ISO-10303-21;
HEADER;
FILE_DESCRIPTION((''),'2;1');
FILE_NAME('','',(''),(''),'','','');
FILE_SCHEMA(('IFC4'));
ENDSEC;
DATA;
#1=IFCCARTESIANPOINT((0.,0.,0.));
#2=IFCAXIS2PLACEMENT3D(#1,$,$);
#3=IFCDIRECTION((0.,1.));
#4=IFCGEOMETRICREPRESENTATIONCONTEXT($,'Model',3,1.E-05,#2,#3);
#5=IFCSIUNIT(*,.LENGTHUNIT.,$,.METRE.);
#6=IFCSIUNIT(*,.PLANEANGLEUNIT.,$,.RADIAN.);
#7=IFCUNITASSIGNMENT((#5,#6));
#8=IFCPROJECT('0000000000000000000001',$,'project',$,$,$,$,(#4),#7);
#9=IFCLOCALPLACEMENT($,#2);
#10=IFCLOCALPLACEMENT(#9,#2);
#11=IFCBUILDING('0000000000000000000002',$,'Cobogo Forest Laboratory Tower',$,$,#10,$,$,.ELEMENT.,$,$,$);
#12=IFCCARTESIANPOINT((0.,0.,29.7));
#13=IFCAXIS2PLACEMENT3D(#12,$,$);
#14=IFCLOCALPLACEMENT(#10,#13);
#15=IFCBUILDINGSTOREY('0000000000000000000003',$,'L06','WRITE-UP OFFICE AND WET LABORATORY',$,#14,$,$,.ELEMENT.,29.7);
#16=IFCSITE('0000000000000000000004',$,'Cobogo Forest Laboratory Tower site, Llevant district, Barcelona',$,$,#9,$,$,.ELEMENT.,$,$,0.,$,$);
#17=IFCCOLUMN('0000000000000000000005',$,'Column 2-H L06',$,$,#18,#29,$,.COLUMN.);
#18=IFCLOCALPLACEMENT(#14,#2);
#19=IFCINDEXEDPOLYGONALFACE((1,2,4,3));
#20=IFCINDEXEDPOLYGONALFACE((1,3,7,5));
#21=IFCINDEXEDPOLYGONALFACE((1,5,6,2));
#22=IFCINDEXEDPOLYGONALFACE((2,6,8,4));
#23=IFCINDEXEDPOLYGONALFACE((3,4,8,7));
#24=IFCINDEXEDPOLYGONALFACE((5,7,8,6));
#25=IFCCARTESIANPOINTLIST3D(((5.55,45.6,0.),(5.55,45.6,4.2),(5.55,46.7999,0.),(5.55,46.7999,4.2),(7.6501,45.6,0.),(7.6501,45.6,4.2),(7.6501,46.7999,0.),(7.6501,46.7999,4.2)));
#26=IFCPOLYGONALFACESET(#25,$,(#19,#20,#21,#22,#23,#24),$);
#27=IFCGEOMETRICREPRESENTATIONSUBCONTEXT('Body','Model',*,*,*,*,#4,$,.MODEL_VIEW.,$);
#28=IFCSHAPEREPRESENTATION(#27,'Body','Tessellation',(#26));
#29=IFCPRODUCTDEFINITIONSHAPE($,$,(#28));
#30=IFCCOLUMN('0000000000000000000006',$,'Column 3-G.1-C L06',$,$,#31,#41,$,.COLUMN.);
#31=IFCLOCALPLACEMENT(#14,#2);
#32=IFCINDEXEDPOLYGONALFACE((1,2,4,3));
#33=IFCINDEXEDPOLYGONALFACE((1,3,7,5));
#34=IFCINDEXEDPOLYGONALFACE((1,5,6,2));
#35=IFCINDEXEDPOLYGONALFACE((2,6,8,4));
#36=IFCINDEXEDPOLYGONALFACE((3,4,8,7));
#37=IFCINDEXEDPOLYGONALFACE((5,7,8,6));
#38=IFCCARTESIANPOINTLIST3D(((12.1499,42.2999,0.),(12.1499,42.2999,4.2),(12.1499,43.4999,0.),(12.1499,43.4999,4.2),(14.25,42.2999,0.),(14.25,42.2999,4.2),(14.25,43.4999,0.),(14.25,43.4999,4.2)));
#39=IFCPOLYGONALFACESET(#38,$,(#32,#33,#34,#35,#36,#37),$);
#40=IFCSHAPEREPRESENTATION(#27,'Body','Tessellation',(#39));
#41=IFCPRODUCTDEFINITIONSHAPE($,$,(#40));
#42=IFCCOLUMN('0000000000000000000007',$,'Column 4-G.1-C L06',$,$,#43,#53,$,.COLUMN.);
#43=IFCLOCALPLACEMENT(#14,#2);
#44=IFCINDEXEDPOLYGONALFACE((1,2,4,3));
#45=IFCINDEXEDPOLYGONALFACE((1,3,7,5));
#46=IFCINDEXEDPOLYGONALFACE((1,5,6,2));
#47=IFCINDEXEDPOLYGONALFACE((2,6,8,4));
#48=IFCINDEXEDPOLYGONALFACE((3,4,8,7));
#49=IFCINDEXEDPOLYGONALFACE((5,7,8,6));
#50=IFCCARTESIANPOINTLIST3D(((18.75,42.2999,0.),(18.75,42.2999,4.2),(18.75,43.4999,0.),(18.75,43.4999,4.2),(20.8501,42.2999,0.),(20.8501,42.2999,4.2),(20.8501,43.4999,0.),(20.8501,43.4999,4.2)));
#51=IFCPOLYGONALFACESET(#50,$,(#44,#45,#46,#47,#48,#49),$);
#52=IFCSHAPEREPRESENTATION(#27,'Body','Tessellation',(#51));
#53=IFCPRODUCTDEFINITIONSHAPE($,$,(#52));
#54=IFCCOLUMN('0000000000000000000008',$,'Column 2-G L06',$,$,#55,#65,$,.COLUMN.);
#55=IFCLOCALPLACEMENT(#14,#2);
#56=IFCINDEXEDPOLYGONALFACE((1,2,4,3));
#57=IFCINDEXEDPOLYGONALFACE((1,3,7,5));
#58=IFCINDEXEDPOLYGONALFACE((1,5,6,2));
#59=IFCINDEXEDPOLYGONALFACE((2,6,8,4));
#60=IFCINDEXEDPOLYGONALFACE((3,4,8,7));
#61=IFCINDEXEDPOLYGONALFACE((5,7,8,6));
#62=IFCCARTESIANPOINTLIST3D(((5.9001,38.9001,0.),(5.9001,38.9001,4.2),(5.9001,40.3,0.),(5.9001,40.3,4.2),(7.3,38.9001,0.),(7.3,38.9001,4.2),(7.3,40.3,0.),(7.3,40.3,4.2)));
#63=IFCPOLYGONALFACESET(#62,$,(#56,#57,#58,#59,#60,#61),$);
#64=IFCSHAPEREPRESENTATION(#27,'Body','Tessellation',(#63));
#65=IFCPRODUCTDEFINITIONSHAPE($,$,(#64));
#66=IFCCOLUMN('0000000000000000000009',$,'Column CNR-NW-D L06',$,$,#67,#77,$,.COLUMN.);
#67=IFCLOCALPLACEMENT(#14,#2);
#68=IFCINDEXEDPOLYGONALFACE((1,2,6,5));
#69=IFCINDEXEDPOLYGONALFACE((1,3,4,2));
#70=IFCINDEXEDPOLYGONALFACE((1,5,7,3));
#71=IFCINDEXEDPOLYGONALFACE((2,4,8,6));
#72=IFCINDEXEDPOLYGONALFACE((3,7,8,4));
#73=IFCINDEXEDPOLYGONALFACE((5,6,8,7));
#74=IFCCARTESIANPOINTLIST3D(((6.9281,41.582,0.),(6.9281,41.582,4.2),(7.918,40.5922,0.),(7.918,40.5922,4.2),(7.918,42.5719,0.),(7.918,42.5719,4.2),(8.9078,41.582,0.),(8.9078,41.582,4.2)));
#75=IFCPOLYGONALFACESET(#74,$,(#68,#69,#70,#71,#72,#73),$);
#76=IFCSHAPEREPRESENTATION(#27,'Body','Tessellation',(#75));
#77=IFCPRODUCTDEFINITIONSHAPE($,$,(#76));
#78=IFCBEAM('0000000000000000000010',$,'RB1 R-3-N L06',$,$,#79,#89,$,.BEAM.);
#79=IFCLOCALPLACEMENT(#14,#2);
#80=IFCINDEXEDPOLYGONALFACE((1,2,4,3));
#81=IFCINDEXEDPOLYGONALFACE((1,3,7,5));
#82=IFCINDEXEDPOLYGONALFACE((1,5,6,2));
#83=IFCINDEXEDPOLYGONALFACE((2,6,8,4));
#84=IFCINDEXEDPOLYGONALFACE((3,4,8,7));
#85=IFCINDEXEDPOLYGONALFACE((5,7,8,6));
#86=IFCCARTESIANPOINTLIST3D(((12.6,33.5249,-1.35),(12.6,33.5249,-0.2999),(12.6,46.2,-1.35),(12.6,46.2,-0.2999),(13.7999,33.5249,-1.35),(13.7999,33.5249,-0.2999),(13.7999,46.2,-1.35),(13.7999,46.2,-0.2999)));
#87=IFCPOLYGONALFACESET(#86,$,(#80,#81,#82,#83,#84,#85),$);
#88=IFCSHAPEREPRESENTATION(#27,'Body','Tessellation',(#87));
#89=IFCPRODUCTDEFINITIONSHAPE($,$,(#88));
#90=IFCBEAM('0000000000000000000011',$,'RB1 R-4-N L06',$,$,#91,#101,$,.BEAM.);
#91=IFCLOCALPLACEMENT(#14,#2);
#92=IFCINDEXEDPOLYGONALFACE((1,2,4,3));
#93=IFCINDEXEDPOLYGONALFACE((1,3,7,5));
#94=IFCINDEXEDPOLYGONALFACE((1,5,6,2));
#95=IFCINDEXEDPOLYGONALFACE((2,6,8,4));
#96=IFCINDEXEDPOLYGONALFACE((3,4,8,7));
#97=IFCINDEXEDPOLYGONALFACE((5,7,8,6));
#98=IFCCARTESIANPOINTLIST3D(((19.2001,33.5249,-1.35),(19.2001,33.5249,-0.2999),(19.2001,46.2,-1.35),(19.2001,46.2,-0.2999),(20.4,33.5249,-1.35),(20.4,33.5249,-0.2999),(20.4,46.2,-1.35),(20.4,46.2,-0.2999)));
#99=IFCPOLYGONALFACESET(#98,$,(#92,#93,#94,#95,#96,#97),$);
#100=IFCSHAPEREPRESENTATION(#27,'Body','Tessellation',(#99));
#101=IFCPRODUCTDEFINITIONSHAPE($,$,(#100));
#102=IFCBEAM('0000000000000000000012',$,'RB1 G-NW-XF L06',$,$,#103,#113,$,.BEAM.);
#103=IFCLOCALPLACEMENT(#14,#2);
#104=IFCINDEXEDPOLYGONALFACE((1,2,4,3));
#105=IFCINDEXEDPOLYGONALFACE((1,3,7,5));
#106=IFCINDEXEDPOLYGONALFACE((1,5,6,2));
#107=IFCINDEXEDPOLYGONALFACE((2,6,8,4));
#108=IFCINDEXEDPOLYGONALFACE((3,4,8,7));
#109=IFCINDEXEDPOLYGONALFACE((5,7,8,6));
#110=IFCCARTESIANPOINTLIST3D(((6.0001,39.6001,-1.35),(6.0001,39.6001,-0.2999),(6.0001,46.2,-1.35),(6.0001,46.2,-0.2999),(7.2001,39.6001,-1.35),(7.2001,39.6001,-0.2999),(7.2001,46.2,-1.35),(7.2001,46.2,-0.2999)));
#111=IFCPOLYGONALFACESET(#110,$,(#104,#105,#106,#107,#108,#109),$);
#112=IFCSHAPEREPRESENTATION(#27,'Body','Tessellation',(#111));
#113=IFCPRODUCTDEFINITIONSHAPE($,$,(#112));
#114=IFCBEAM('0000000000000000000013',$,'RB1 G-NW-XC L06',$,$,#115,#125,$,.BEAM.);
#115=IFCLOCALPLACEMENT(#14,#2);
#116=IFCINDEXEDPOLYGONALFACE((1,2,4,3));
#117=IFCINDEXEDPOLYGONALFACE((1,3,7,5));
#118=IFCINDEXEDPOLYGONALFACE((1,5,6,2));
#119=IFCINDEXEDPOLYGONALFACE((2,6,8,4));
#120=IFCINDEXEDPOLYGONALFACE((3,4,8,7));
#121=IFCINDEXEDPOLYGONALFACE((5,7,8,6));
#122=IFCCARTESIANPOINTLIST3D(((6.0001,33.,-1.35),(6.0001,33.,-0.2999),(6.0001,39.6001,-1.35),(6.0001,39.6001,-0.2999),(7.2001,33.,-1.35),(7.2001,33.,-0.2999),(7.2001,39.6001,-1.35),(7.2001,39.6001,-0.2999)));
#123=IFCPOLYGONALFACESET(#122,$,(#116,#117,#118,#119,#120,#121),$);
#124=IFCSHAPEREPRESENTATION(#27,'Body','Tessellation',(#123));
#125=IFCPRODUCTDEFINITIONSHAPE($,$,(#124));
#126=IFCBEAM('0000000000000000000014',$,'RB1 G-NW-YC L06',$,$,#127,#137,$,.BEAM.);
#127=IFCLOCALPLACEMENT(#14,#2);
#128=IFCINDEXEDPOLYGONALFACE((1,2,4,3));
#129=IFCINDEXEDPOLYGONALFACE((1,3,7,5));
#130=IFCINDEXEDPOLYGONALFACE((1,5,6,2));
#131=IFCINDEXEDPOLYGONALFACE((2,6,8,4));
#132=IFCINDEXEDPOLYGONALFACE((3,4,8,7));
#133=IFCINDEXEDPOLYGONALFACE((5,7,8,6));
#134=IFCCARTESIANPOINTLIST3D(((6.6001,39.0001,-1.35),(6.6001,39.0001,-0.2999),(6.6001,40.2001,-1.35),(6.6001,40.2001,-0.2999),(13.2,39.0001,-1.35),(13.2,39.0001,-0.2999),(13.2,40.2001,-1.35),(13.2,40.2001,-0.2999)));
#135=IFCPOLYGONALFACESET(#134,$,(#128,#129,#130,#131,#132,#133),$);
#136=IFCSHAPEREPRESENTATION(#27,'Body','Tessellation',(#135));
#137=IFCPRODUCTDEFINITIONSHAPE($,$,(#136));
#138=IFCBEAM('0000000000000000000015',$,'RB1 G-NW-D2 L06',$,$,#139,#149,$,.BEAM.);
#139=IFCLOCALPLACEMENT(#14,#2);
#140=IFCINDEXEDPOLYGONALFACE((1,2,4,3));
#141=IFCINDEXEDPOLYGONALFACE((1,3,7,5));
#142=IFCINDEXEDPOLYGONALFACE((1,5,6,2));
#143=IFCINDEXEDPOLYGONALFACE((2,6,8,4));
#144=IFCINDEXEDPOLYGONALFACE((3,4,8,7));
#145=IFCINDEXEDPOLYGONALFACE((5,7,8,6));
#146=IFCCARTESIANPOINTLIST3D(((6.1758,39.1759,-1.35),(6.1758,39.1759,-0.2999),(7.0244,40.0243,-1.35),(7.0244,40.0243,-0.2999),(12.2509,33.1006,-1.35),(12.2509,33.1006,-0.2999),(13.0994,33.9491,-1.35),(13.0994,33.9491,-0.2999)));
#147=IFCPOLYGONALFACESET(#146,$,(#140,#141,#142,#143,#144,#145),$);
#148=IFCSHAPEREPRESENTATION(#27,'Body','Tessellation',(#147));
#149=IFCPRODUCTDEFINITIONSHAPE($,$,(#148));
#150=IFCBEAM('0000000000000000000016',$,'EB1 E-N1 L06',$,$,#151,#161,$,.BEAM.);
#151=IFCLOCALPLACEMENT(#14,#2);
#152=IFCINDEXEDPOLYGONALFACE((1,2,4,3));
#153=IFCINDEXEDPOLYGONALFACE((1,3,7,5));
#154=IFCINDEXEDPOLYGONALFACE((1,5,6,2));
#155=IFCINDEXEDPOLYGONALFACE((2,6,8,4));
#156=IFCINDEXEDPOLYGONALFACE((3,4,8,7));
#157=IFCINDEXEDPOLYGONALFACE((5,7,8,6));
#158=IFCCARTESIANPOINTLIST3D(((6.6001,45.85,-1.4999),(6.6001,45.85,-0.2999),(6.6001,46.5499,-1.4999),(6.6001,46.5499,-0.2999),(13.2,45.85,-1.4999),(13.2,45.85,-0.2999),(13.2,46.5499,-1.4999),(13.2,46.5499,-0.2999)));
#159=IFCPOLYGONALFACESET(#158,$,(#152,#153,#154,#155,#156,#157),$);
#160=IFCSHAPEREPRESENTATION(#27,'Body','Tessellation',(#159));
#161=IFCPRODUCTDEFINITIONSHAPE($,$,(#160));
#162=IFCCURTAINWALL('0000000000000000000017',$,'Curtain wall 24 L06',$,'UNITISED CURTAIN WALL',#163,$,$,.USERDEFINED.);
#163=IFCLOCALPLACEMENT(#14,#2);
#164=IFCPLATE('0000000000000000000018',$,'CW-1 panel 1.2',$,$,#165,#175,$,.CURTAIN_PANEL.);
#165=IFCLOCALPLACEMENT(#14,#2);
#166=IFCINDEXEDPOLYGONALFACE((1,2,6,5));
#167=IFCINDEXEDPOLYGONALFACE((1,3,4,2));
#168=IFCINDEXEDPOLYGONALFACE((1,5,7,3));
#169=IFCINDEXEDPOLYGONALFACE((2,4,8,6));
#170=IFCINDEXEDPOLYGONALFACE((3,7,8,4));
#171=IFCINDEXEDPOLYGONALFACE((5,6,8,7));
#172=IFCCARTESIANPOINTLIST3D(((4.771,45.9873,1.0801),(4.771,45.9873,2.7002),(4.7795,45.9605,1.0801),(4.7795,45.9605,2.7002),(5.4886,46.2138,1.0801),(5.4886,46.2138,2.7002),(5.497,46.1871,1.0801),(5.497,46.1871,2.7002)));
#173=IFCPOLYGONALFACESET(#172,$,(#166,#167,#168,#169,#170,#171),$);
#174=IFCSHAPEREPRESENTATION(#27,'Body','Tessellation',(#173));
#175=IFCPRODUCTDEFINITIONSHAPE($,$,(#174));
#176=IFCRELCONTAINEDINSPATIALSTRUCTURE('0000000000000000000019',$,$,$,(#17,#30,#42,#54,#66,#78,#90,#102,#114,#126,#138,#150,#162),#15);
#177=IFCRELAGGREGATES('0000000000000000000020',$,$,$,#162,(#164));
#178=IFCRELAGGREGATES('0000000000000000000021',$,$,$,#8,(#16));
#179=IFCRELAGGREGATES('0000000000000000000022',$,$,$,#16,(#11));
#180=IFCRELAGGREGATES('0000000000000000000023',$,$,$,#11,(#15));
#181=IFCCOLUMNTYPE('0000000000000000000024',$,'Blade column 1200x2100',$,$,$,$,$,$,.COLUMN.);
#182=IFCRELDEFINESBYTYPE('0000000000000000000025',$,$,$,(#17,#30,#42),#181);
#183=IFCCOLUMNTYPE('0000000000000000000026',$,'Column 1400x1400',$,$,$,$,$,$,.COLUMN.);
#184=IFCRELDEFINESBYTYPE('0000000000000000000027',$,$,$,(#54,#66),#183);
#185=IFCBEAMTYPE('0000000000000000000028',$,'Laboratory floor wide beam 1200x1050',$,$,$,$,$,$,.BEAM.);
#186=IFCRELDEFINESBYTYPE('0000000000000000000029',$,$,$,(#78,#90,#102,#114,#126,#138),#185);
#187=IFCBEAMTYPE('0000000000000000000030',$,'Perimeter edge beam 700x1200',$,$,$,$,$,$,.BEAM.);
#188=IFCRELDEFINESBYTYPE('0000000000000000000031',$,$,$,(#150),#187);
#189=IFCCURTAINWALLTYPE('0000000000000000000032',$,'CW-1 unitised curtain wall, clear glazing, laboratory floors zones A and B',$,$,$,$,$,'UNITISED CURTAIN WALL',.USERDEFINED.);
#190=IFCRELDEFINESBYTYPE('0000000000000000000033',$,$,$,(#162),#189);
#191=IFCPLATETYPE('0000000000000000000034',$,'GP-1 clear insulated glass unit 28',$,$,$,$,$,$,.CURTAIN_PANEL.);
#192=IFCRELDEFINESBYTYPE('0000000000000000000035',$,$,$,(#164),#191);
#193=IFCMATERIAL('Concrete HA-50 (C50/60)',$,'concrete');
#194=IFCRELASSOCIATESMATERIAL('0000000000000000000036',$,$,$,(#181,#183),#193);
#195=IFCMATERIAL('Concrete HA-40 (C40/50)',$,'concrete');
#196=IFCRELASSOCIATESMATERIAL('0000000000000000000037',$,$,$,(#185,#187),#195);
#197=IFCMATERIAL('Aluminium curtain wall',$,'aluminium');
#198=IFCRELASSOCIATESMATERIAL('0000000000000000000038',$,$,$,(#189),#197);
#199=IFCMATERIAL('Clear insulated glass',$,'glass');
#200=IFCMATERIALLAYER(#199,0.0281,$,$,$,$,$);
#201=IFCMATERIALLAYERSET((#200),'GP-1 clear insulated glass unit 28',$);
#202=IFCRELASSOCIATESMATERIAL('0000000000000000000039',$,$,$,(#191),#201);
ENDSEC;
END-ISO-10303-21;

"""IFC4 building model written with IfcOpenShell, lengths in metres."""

from ifc_helpers import new_model, si_unit, direction, frame, origin, origin_2d, place, context, subcontext, project, spatial, rectangle, extrude, material, layer, layer_set, material_profile, profile_set, type_object, element, aggregate, save


model = new_model("IFC4")

# Units and contexts
model_context = context("Model", 3, precision=1e-05, world=origin(), true_north=direction((0.0, 1.0)))
body_context = subcontext(model_context, "Body", "Model", "MODEL_VIEW")
ifc_project = project(units=[si_unit("LENGTHUNIT", "METRE"), si_unit("PLANEANGLEUNIT", "RADIAN")], contexts=[model_context])

# Site, building, storey
site_placement = place(None, origin())
site = spatial("IfcSite", under=ifc_project, at=site_placement, Name="Cobogo Forest Laboratory Tower site, Llevant district, Barcelona", CompositionType="ELEMENT", RefElevation=0.0)
building_placement = place(site_placement, origin())
building = spatial("IfcBuilding", under=site, at=building_placement, Name="Cobogo Forest Laboratory Tower", CompositionType="ELEMENT")
storey_placement = place(building_placement, frame((0.0, 0.0, 29.7)))
storey = spatial("IfcBuildingStorey", under=building, at=storey_placement, Name="L06", Description="WRITE-UP OFFICE AND WET LABORATORY", CompositionType="ELEMENT", Elevation=29.7)

# Columns
ifc_material_1 = material(Name="Concrete HA-50 (C50/60)", Category="concrete")
ifc_material_profile_1 = material_profile(ifc_material_1, rectangle(XDim=2.1001, YDim=1.2, at=origin_2d()), Name="RC 1200x2100")
ifc_profile_set_1 = profile_set([ifc_material_profile_1], Name="Concrete HA-50 (C50/60)")
column_type_1 = type_object("IfcColumnType", Name="Blade column 1200x2100", PredefinedType="COLUMN", material=ifc_profile_set_1)
for number, where, z_axis, x_axis, name in (
    (1, (6.6001, 46.2, 0.0), (0.0, 0.0, 1.0), (1.0, 0.0, 0.0), "Column 2-H L06"),
    (2, (13.2, 42.8999, 0.0), (0.0, 0.0, 1.0), (1.0, 0.0, 0.0), "Column 3-G.1-C L06"),
    (3, (19.8, 42.8999, 0.0), (0.0, 0.0, 1.0), (1.0, 0.0, 0.0), "Column 4-G.1-C L06"),
):
    element("IfcColumn", number, at=place(storey_placement, frame(where, z_axis=z_axis, x_axis=x_axis)), inside=storey, type_object=column_type_1, Name=name, PredefinedType="COLUMN", context=body_context, shape_type="SweptSolid", body=[
        extrude(rectangle(XDim=2.1001, YDim=1.2, at=origin_2d()), origin(), (0.0, 0.0, 1.0), 4.2),
    ])
ifc_material_profile_2 = material_profile(ifc_material_1, rectangle(XDim=1.3999, YDim=1.3999, at=origin_2d()), Name="RC 1400x1400")
ifc_profile_set_2 = profile_set([ifc_material_profile_2], Name="Concrete HA-50 (C50/60)")
column_type_2 = type_object("IfcColumnType", Name="Column 1400x1400", PredefinedType="COLUMN", material=ifc_profile_set_2)
for number, where, z_axis, x_axis, name in (
    (4, (6.6001, 39.6001, 0.0), (0.0, 0.0, 1.0), (1.0, 0.0, 0.0), "Column 2-G L06"),
    (5, (7.918, 41.582, 0.0), (0.0, 0.0, 1.0), (0.707107, 0.707107, 0.0), "Column CNR-NW-D L06"),
):
    element("IfcColumn", number, at=place(storey_placement, frame(where, z_axis=z_axis, x_axis=x_axis)), inside=storey, type_object=column_type_2, Name=name, PredefinedType="COLUMN", context=body_context, shape_type="SweptSolid", body=[
        extrude(rectangle(XDim=1.3999, YDim=1.3999, at=origin_2d()), origin(), (0.0, 0.0, 1.0), 4.2),
    ])

# Beams
ifc_material_2 = material(Name="Concrete HA-40 (C40/50)", Category="concrete")
ifc_material_profile_3 = material_profile(ifc_material_2, rectangle(XDim=1.2, YDim=1.05, at=origin_2d()), Name="RC 1200x1050")
ifc_profile_set_3 = profile_set([ifc_material_profile_3], Name="Concrete HA-40 (C40/50)")
beam_type_1 = type_object("IfcBeamType", Name="Laboratory floor wide beam 1200x1050", PredefinedType="BEAM", material=ifc_profile_set_3)
for number, where, z_axis, x_axis, name in (
    (6, (13.2, 33.5249, -0.825), (0.0, 1.0, 0.0), (-1.0, 0.0, 0.0), "RB1 R-3-N L06"),
    (7, (19.8, 33.5249, -0.825), (0.0, 1.0, 0.0), (-1.0, 0.0, 0.0), "RB1 R-4-N L06"),
):
    element("IfcBeam", number, at=place(storey_placement, frame(where, z_axis=z_axis, x_axis=x_axis)), inside=storey, type_object=beam_type_1, Name=name, PredefinedType="BEAM", context=body_context, shape_type="SweptSolid", body=[
        extrude(rectangle(XDim=1.2, YDim=1.05, at=origin_2d()), origin(), (0.0, 0.0, 1.0), 12.675),
    ])
beam_1_placement = place(storey_placement, frame((6.6001, 46.2, -0.825), z_axis=(0.0, -1.0, 0.0), x_axis=(1.0, 0.0, 0.0)))
element("IfcBeam", 8, at=beam_1_placement, inside=storey, type_object=beam_type_1, Name="RB1 G-NW-XF L06", PredefinedType="BEAM", context=body_context, shape_type="SweptSolid", body=[
    extrude(rectangle(XDim=1.2, YDim=1.05, at=origin_2d()), origin(), (0.0, 0.0, 1.0), 6.5999),
])
beam_2_placement = place(storey_placement, frame((6.6001, 39.6001, -0.825), z_axis=(0.0, -1.0, 0.0), x_axis=(1.0, 0.0, 0.0)))
element("IfcBeam", 9, at=beam_2_placement, inside=storey, type_object=beam_type_1, Name="RB1 G-NW-XC L06", PredefinedType="BEAM", context=body_context, shape_type="SweptSolid", body=[
    extrude(rectangle(XDim=1.2, YDim=1.05, at=origin_2d()), origin(), (0.0, 0.0, 1.0), 6.6001),
])
beam_3_placement = place(storey_placement, frame((6.6001, 39.6001, -0.825), z_axis=(1.0, 0.0, 0.0), x_axis=(0.0, 1.0, 0.0)))
element("IfcBeam", 10, at=beam_3_placement, inside=storey, type_object=beam_type_1, Name="RB1 G-NW-YC L06", PredefinedType="BEAM", context=body_context, shape_type="SweptSolid", body=[
    extrude(rectangle(XDim=1.2, YDim=1.05, at=origin_2d()), origin(), (0.0, 0.0, 1.0), 6.5999),
])
beam_4_placement = place(storey_placement, frame((6.6001, 39.6001, -0.825), z_axis=(0.707093, -0.707121, 0.0), x_axis=(0.707121, 0.707093, 0.0)))
element("IfcBeam", 11, at=beam_4_placement, inside=storey, type_object=beam_type_1, Name="RB1 G-NW-D2 L06", PredefinedType="BEAM", context=body_context, shape_type="SweptSolid", body=[
    extrude(rectangle(XDim=1.2, YDim=1.05, at=origin_2d()), origin(), (0.0, 0.0, 1.0), 8.5916),
])
ifc_material_profile_4 = material_profile(ifc_material_2, rectangle(XDim=0.7, YDim=1.2, at=origin_2d()), Name="RC 700x1200")
ifc_profile_set_4 = profile_set([ifc_material_profile_4], Name="Concrete HA-40 (C40/50)")
beam_type_2 = type_object("IfcBeamType", Name="Perimeter edge beam 700x1200", PredefinedType="BEAM", material=ifc_profile_set_4)
beam_5_placement = place(storey_placement, frame((6.6001, 46.2, -0.8999), z_axis=(1.0, 0.0, 0.0), x_axis=(0.0, 1.0, 0.0)))
element("IfcBeam", 12, at=beam_5_placement, inside=storey, type_object=beam_type_2, Name="EB1 E-N1 L06", PredefinedType="BEAM", context=body_context, shape_type="SweptSolid", body=[
    extrude(rectangle(XDim=0.7, YDim=1.2, at=origin_2d()), origin(), (0.0, 0.0, 1.0), 6.5999),
])

# Curtain wall, plate
ifc_material_3 = material(Name="Aluminium curtain wall", Category="aluminium")
curtain_wall_type = type_object("IfcCurtainWallType", Name="CW-1 unitised curtain wall, clear glazing, laboratory floors zones A and B", ElementType="UNITISED CURTAIN WALL", PredefinedType="USERDEFINED", material=ifc_material_3)
curtain_wall_placement = place(storey_placement, origin())
curtain_wall = element("IfcCurtainWall", 13, at=curtain_wall_placement, inside=storey, type_object=curtain_wall_type, Name="Curtain wall 24 L06", ObjectType="UNITISED CURTAIN WALL", PredefinedType="USERDEFINED")
ifc_material_4 = material(Name="Clear insulated glass", Category="glass")
ifc_layer_1 = layer(ifc_material_4, 0.0281)
ifc_layer_set_1 = layer_set([ifc_layer_1], Name="GP-1 clear insulated glass unit 28")
plate_type = type_object("IfcPlateType", Name="GP-1 clear insulated glass unit 28", PredefinedType="CURTAIN_PANEL", material=ifc_layer_set_1)
plate_placement = place(storey_placement, frame((5.134, 46.0872, 1.0801), z_axis=(0.0, 0.0, 1.0), x_axis=(-0.953582, -0.301135, 0.0)))
plate = element("IfcPlate", 14, at=plate_placement, type_object=plate_type, Name="CW-1 panel 1.2", PredefinedType="CURTAIN_PANEL", context=body_context, shape_type="SweptSolid", body=[
    extrude(rectangle(XDim=0.7524, YDim=0.0281, at=origin_2d()), origin(), (0.0, 0.0, 1.0), 1.6201),
])
aggregate(curtain_wall, [plate])

save(model, "model.ifc")
